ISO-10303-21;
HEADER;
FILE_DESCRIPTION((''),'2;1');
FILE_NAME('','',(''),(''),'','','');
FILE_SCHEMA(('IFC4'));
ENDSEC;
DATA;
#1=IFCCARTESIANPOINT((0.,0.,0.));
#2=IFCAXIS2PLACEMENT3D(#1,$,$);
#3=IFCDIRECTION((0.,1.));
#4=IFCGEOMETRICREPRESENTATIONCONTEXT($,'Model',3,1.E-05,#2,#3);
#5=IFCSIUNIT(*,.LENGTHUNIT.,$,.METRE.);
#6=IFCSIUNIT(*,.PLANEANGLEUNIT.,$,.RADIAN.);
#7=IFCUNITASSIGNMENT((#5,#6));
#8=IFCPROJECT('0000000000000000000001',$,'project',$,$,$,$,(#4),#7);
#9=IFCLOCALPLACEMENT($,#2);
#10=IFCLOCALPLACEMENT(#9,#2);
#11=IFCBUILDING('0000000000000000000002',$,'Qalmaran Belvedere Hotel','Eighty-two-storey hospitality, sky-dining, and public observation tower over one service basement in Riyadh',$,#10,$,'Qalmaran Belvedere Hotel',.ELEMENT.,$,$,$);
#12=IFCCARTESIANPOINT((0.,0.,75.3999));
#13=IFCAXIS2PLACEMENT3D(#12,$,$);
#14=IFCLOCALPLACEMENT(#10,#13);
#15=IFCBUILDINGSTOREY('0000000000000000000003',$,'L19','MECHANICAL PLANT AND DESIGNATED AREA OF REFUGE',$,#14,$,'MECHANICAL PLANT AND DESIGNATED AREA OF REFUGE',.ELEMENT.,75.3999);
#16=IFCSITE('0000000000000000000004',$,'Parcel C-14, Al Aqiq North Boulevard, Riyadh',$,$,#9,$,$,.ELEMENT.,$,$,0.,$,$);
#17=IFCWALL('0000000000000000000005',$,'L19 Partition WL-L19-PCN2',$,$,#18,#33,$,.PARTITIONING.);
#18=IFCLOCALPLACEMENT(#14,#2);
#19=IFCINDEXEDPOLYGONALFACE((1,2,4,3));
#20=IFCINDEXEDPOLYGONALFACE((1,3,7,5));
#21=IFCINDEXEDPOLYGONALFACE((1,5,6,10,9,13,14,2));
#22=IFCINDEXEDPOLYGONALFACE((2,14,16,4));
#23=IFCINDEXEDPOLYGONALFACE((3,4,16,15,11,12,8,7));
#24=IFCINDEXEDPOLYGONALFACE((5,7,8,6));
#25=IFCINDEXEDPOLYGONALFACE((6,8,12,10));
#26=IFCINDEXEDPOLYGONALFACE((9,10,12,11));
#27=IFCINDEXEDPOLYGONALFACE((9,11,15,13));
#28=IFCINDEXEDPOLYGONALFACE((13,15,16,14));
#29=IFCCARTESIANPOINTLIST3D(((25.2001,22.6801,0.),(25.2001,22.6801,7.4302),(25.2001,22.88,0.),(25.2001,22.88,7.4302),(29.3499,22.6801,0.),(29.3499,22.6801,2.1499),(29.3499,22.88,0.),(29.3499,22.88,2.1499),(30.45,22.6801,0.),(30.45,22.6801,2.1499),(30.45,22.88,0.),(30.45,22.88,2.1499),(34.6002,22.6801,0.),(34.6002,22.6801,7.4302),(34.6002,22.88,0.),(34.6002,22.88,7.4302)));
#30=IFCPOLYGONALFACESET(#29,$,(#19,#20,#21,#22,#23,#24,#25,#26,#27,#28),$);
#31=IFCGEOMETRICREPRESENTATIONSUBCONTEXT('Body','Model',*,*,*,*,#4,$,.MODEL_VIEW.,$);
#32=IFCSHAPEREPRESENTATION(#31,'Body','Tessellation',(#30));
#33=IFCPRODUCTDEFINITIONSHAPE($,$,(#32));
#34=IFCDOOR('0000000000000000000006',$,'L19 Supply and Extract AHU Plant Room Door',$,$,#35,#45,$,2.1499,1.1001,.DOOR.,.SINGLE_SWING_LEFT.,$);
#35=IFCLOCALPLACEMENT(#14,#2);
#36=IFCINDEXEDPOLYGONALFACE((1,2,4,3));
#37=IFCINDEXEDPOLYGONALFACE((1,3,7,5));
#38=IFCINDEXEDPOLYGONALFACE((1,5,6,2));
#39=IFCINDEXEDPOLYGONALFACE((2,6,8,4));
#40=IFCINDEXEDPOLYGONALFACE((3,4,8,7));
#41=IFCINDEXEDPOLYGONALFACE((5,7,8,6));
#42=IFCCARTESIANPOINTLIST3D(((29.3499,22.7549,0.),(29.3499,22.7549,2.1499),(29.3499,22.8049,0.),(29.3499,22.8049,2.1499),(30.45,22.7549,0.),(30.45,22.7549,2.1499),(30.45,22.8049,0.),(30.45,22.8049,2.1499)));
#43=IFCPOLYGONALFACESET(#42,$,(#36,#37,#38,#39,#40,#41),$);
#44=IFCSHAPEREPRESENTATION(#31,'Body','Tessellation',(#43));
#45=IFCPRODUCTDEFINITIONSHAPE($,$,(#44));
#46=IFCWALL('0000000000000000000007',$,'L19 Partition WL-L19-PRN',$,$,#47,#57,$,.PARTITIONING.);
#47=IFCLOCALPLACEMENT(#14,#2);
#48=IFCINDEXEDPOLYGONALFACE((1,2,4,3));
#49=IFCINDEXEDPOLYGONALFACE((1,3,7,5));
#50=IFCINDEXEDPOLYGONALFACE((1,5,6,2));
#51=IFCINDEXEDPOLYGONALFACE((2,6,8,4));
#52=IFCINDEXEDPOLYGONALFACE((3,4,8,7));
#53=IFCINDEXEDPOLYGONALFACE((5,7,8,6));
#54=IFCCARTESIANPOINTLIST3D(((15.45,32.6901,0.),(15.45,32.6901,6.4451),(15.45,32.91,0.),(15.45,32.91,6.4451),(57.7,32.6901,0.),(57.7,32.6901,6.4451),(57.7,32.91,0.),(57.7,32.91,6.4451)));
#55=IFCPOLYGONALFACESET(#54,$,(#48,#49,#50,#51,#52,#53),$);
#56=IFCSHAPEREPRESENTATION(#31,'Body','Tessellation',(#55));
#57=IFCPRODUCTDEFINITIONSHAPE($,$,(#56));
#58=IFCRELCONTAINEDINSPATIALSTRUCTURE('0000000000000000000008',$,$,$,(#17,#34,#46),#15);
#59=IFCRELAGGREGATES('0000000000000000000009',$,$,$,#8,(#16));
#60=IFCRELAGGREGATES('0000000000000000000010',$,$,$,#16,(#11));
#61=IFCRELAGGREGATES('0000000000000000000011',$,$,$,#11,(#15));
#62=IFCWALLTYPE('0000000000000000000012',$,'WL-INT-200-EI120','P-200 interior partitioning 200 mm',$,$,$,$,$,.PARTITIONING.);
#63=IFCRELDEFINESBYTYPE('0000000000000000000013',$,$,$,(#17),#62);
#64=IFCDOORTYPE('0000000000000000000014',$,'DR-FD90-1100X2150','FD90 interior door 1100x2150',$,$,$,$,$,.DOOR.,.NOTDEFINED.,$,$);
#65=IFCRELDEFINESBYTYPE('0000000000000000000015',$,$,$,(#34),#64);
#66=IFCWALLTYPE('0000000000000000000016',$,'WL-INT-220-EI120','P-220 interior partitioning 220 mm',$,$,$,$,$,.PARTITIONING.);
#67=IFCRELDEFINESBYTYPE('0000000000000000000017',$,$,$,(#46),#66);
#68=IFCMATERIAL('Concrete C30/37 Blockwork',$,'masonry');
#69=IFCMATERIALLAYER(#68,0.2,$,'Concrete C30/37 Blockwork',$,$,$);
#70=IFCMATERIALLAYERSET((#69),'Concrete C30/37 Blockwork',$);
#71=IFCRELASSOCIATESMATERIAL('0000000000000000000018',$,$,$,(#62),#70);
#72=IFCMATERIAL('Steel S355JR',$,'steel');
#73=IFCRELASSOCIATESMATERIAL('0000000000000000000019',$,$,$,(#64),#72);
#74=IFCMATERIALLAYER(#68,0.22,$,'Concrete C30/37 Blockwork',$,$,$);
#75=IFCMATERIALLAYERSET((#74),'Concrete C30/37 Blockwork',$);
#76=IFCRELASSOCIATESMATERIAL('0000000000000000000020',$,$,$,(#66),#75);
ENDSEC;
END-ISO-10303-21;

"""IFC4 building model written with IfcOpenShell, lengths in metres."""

from ifc_helpers import new_model, si_unit, direction, frame, frame_2d, origin, place, context, subcontext, project, spatial, rectangle, extrude, material, layer, layer_set, type_object, element, fill, save


model = new_model("IFC4")

# Units and contexts
model_context = context("Model", 3, precision=1e-05, world=origin(), true_north=direction((0.0, 1.0)))
body_context = subcontext(model_context, "Body", "Model", "MODEL_VIEW")
ifc_project = project(units=[si_unit("LENGTHUNIT", "METRE"), si_unit("PLANEANGLEUNIT", "RADIAN")], contexts=[model_context])

# Site, building, storey
site_placement = place(None, origin())
site = spatial("IfcSite", under=ifc_project, at=site_placement, Name="Parcel C-14, Al Aqiq North Boulevard, Riyadh", CompositionType="ELEMENT", RefElevation=0.0)
building_placement = place(site_placement, origin())
building = spatial("IfcBuilding", under=site, at=building_placement, Name="Qalmaran Belvedere Hotel", Description="Eighty-two-storey hospitality, sky-dining, and public observation tower over one service basement in Riyadh", LongName="Qalmaran Belvedere Hotel", CompositionType="ELEMENT")
storey_placement = place(building_placement, frame((0.0, 0.0, 75.3999)))
storey = spatial("IfcBuildingStorey", under=building, at=storey_placement, Name="L19", Description="MECHANICAL PLANT AND DESIGNATED AREA OF REFUGE", LongName="MECHANICAL PLANT AND DESIGNATED AREA OF REFUGE", CompositionType="ELEMENT", Elevation=75.3999)

# Shared definitions
ifc_material_1 = material(Name="Steel S355JR", Category="steel")

# Shared definitions
ifc_material_2 = material(Name="Concrete C30/37 Blockwork", Category="masonry")
ifc_layer_1 = layer(ifc_material_2, 0.2, Name="Concrete C30/37 Blockwork")
ifc_layer_set_1 = layer_set([ifc_layer_1], Name="Concrete C30/37 Blockwork")
wall_type_1 = type_object("IfcWallType", Name="WL-INT-200-EI120", Description="P-200 interior partitioning 200 mm", PredefinedType="PARTITIONING", material=ifc_layer_set_1)
door_type = type_object("IfcDoorType", Name="DR-FD90-1100X2150", Description="FD90 interior door 1100x2150", OperationType="NOTDEFINED", PredefinedType="DOOR", material=ifc_material_1)

# Wall, opening, door
wall_1_placement = place(storey_placement, frame((25.2, 22.78, 0.0), z_axis=(0.0, 0.0, 1.0), x_axis=(1.0, 0.0, 0.0)))
wall_1 = element("IfcWall", 1, at=wall_1_placement, inside=storey, type_object=wall_type_1, Name="L19 Partition WL-L19-PCN2", PredefinedType="PARTITIONING", context=body_context, shape_type="SweptSolid", body=[
    extrude(rectangle(XDim=9.4001, YDim=0.2, at=frame_2d((4.7002, 0.0))), origin(), (0.0, 0.0, 1.0), 7.4302),
])
opening_1_placement = place(wall_1_placement, frame((4.1499, 0.0, 0.0)))
opening_1 = element("IfcOpeningElement", 2, at=opening_1_placement, cuts=wall_1, PredefinedType="OPENING", context=body_context, shape_type="SweptSolid", body=[
    extrude(rectangle(XDim=1.1001, YDim=2.1499, at=frame_2d((0.55, 1.075))), frame((0.0, 0.1099, 0.0), z_axis=(0.0, -1.0, 0.0), x_axis=(1.0, 0.0, 0.0)), (0.0, 0.0, 1.0), 0.22),
])
door_1_placement = place(opening_1_placement, origin())
door_1 = element("IfcDoor", 3, at=door_1_placement, inside=storey, type_object=door_type, Name="L19 Supply and Extract AHU Plant Room Door", OperationType="SINGLE_SWING_LEFT", OverallHeight=2.1499, OverallWidth=1.1001, PredefinedType="DOOR", context=body_context, shape_type="SweptSolid", body=[
    extrude(rectangle(XDim=1.1001, YDim=2.1499, at=frame_2d((0.55, 1.075))), frame((0.0, 0.0249, 0.0), z_axis=(0.0, -1.0, 0.0), x_axis=(1.0, 0.0, 0.0)), (0.0, 0.0, 1.0), 0.05),
])
fill(opening_1, door_1)

# Wall
ifc_layer_2 = layer(ifc_material_2, 0.22, Name="Concrete C30/37 Blockwork")
ifc_layer_set_2 = layer_set([ifc_layer_2], Name="Concrete C30/37 Blockwork")
wall_type_2 = type_object("IfcWallType", Name="WL-INT-220-EI120", Description="P-220 interior partitioning 220 mm", PredefinedType="PARTITIONING", material=ifc_layer_set_2)
wall_2_placement = place(storey_placement, frame((15.45, 32.8, 0.0), z_axis=(0.0, 0.0, 1.0), x_axis=(1.0, 0.0, 0.0)))
element("IfcWall", 4, at=wall_2_placement, inside=storey, type_object=wall_type_2, Name="L19 Partition WL-L19-PRN", PredefinedType="PARTITIONING", context=body_context, shape_type="SweptSolid", body=[
    extrude(rectangle(XDim=42.25, YDim=0.22, at=frame_2d((21.125, 0.0))), origin(), (0.0, 0.0, 1.0), 6.4451),
])

save(model, "model.ifc")
